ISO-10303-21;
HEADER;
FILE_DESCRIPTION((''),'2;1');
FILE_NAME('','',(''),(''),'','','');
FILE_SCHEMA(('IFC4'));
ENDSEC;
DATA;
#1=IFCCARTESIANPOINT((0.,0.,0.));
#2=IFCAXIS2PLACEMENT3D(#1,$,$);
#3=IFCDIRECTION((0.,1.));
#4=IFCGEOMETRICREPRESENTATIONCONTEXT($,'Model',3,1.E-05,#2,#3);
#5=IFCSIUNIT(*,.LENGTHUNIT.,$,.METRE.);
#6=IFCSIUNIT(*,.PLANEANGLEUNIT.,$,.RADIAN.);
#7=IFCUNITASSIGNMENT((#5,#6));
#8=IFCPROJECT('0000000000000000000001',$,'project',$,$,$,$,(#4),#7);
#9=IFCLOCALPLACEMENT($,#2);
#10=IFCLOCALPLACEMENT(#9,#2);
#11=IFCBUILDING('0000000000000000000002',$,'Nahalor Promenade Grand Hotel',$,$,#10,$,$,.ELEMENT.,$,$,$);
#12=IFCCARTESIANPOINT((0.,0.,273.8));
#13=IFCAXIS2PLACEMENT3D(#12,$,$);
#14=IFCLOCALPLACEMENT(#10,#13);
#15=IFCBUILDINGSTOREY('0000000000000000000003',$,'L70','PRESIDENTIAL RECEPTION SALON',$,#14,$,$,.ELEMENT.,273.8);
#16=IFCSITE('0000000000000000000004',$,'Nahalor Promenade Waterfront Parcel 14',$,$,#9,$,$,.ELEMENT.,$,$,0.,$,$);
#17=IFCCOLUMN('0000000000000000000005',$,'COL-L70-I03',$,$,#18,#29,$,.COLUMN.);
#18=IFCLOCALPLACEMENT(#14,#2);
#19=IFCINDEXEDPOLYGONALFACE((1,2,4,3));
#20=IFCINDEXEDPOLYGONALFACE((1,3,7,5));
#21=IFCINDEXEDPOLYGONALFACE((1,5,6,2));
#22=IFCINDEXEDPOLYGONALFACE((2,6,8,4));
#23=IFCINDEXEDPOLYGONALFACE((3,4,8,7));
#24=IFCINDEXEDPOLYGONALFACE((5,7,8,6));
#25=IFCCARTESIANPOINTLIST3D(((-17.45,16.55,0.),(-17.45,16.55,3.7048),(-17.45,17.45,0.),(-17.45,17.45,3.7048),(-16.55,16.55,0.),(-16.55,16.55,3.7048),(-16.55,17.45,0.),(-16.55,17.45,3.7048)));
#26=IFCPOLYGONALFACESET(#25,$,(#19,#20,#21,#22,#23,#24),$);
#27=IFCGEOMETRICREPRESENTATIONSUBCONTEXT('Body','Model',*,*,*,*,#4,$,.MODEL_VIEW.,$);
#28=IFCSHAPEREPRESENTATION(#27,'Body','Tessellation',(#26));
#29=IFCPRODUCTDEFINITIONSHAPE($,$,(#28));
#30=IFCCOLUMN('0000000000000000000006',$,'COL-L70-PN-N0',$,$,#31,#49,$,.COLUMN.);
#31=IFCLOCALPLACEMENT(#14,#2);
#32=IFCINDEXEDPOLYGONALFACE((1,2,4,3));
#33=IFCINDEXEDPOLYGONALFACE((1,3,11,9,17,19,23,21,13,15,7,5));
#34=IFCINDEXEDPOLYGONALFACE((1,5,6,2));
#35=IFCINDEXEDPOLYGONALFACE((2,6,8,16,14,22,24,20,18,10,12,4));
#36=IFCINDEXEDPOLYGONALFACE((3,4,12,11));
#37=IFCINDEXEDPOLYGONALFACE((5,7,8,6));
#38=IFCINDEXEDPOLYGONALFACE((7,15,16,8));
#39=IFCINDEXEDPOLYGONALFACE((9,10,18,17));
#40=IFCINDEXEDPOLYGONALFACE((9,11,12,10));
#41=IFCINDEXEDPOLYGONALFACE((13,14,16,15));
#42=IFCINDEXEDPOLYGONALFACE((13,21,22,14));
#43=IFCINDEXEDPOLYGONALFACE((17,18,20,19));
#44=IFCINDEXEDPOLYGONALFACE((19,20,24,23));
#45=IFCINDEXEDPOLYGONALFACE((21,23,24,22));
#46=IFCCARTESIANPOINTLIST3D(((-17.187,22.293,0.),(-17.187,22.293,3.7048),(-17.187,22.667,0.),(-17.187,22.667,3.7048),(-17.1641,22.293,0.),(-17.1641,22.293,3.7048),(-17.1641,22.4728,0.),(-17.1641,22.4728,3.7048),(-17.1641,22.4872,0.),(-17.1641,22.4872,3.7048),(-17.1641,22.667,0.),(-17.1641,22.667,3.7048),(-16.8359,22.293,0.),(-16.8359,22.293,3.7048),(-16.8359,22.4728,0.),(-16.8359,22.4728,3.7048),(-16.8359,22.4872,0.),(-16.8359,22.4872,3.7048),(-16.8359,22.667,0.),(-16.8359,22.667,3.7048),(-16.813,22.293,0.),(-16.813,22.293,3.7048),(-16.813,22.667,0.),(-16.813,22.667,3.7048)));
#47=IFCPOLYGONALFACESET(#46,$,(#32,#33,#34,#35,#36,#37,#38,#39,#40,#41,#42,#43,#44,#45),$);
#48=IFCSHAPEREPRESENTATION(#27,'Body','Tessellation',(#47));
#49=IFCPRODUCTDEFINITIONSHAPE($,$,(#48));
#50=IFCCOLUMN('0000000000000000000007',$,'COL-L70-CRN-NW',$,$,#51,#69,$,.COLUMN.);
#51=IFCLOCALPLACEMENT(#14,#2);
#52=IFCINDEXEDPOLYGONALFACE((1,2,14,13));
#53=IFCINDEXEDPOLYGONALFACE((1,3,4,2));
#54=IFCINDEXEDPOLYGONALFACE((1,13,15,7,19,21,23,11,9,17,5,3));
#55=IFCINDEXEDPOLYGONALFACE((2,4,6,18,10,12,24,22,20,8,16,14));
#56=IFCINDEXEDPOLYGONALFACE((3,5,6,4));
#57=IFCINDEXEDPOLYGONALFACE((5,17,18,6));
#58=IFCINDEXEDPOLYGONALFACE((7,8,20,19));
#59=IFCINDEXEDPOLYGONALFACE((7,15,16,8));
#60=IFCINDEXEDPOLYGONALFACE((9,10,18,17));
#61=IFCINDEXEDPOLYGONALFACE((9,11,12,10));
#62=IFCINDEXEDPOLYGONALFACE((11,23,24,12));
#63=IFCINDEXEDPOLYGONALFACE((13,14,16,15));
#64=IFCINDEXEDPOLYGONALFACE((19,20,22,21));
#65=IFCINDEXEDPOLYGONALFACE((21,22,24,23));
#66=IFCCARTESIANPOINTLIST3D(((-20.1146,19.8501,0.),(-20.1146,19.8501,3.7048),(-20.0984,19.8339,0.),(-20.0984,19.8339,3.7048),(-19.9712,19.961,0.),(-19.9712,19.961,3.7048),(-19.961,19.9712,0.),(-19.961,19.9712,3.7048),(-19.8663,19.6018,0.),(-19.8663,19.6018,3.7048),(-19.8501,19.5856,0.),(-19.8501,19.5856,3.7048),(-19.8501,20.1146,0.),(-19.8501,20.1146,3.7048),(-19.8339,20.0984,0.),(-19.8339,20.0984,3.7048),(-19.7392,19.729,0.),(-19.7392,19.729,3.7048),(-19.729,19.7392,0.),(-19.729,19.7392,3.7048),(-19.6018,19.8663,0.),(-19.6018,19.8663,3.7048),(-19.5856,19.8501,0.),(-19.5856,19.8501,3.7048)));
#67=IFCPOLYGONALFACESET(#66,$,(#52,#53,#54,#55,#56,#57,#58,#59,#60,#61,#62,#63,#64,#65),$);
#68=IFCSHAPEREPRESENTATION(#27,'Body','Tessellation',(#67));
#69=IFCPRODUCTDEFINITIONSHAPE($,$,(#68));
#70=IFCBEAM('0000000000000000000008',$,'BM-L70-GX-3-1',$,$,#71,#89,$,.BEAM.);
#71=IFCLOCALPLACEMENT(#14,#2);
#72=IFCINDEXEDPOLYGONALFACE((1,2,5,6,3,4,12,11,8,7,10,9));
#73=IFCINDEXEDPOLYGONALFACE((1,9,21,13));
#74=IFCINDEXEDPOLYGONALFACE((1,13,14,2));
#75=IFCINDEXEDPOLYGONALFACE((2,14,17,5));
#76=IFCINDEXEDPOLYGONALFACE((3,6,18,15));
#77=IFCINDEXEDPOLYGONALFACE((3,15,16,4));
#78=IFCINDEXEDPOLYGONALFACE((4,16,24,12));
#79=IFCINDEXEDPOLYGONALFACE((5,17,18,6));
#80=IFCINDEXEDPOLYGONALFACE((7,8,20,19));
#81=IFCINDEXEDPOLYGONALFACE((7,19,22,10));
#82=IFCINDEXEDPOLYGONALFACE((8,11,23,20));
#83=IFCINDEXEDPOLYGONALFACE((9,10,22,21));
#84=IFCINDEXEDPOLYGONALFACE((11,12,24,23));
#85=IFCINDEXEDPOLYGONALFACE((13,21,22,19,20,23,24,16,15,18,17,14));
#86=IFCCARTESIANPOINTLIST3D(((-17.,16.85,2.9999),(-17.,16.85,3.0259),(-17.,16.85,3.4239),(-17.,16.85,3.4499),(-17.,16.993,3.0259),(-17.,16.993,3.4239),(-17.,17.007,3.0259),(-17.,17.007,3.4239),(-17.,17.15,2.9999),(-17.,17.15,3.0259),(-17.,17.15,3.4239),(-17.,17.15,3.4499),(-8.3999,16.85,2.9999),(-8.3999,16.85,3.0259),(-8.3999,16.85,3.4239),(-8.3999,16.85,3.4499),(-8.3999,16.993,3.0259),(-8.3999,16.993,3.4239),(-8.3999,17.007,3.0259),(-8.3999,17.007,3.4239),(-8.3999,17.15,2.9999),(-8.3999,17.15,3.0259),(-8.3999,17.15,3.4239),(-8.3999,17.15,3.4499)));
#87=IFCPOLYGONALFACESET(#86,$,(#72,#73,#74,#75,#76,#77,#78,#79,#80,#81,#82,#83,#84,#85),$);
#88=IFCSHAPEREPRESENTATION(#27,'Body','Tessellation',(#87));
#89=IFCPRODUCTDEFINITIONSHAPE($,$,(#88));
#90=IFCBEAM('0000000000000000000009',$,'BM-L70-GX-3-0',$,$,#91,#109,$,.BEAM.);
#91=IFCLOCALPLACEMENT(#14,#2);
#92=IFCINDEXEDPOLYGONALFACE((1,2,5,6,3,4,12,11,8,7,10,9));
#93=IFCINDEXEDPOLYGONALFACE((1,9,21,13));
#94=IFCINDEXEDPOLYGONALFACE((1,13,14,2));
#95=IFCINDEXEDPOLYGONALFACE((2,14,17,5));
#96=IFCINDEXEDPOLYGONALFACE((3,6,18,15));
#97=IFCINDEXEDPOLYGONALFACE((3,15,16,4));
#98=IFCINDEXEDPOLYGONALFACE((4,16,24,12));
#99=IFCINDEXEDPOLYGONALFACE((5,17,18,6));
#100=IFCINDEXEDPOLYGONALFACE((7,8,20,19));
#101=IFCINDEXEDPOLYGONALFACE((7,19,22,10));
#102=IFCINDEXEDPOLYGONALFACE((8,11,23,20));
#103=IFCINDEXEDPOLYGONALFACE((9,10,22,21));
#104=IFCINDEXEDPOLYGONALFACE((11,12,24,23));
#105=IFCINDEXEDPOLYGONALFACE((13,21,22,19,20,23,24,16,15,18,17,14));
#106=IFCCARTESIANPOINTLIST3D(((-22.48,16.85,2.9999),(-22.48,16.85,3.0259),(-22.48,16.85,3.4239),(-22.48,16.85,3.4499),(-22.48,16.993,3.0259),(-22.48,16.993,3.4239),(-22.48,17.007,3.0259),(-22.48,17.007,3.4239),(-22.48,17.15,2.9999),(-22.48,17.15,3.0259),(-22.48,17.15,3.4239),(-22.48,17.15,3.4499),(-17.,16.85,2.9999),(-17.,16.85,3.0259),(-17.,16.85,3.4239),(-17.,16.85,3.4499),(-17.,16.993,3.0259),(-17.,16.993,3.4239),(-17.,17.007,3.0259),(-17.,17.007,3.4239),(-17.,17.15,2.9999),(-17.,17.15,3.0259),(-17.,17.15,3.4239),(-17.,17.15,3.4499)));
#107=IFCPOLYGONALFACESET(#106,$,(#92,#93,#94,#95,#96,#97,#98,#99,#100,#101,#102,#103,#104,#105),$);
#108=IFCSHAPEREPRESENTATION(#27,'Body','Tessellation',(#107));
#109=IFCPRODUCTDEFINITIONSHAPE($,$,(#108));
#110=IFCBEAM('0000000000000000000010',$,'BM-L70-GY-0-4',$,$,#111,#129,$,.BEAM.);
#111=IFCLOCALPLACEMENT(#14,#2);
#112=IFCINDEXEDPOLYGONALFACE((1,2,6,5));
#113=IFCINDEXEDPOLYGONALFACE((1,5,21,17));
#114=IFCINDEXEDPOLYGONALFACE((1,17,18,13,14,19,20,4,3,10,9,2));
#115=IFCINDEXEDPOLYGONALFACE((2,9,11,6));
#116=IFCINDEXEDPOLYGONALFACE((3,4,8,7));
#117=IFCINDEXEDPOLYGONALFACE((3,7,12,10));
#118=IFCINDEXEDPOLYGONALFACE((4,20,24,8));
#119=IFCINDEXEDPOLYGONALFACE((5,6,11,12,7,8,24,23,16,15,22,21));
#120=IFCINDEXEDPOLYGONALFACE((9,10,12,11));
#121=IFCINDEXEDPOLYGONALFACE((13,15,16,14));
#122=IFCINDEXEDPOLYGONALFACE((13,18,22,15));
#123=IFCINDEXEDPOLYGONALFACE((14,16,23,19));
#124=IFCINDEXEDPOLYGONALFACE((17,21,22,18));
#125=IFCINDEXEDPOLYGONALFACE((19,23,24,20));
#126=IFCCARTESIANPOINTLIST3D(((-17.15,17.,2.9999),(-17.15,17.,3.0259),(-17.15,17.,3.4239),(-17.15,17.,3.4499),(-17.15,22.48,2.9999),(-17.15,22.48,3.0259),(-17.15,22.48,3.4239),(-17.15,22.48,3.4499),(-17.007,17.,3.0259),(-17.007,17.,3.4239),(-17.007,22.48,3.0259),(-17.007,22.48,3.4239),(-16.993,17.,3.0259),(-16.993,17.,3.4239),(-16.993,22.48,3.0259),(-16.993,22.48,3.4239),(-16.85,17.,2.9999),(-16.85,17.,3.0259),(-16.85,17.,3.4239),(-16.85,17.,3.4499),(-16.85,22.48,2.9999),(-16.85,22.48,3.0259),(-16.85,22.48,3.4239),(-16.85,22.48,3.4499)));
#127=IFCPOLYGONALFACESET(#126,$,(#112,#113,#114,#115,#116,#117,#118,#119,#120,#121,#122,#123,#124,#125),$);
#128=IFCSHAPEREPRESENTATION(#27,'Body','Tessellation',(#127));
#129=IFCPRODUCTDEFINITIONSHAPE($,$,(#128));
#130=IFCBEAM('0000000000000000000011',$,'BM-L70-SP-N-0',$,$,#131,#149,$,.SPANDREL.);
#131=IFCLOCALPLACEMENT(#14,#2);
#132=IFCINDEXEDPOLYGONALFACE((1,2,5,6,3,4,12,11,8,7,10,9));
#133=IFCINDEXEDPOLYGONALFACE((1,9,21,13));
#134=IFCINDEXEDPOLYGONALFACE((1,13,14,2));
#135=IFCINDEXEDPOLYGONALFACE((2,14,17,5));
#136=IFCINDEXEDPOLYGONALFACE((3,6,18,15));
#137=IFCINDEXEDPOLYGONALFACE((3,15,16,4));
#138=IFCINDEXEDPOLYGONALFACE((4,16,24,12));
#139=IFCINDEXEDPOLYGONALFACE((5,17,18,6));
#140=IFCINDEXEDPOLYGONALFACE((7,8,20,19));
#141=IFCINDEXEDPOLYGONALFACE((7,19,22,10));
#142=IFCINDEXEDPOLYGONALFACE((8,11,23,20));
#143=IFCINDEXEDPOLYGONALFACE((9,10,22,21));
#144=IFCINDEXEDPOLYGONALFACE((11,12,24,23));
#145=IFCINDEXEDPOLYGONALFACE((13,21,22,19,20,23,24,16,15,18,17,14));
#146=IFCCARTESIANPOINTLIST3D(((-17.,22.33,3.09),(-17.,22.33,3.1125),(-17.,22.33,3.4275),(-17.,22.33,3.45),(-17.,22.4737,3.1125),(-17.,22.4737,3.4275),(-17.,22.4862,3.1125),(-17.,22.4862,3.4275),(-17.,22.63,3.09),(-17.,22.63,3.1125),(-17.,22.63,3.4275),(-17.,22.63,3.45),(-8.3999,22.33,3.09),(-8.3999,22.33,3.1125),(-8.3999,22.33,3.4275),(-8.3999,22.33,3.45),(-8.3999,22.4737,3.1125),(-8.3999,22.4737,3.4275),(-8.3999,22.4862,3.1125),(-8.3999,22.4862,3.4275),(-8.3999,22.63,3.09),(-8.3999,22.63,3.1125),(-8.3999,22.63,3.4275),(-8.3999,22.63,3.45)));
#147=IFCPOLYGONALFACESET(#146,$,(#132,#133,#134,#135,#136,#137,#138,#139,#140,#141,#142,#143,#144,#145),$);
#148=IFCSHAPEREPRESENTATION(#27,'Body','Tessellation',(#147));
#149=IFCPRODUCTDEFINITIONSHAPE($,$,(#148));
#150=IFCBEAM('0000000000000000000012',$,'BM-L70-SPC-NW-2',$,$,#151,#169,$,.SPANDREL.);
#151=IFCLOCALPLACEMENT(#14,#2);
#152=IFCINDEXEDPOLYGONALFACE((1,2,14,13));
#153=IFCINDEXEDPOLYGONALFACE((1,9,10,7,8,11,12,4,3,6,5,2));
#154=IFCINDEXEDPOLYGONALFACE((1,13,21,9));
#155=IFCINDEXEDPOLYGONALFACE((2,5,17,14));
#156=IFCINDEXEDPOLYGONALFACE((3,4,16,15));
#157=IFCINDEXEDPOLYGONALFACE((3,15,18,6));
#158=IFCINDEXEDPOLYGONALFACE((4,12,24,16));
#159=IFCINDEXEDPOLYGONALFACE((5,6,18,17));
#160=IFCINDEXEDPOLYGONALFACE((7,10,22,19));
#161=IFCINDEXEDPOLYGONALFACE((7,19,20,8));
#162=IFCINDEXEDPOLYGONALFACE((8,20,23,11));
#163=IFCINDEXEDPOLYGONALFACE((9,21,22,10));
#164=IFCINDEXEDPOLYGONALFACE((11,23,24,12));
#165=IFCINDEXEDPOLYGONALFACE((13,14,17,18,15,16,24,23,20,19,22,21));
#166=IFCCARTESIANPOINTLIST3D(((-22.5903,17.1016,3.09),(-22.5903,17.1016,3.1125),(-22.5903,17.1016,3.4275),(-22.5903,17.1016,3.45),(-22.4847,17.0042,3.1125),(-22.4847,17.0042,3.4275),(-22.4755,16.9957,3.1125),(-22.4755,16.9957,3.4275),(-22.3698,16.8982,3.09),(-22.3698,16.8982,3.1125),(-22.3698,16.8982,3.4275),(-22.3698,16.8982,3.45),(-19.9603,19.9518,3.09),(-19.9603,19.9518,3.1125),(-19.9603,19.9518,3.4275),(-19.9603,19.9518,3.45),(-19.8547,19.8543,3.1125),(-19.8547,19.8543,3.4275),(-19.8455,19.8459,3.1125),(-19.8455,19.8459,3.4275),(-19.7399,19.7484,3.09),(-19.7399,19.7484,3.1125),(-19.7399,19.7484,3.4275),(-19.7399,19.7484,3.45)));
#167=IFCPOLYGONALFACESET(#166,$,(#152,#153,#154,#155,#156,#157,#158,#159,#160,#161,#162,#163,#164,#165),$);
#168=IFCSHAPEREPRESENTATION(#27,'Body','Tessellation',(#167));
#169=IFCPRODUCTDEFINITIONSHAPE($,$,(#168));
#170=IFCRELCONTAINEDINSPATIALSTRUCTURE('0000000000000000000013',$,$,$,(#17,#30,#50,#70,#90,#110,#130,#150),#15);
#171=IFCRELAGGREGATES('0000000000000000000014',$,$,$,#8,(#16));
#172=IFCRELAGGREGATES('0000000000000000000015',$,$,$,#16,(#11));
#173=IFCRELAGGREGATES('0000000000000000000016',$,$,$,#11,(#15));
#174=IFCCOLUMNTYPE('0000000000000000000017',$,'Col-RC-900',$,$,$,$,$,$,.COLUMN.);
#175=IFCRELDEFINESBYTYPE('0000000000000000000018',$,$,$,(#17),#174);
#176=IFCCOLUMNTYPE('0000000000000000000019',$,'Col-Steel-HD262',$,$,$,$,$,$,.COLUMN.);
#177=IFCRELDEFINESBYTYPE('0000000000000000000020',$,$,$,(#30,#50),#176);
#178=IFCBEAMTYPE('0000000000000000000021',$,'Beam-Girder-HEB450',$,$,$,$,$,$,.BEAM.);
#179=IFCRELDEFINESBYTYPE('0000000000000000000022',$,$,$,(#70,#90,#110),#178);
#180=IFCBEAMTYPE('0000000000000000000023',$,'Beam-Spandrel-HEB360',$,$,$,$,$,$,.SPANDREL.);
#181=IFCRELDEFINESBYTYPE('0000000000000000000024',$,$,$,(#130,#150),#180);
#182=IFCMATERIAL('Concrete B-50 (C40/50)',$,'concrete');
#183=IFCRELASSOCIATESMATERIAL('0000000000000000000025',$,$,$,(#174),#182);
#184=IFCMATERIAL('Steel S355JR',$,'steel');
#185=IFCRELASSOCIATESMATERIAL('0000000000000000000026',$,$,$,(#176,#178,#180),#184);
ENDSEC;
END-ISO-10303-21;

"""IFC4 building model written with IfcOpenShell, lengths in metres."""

from ifc_helpers import new_model, si_unit, direction, frame, origin, origin_2d, place, context, subcontext, project, spatial, rectangle, i_section, extrude, source, transform, mapped, material, material_profile, profile_set, type_object, element, save


model = new_model("IFC4")

# Units and contexts
model_context = context("Model", 3, precision=1e-05, world=origin(), true_north=direction((0.0, 1.0)))
body_context = subcontext(model_context, "Body", "Model", "MODEL_VIEW")
ifc_project = project(units=[si_unit("LENGTHUNIT", "METRE"), si_unit("PLANEANGLEUNIT", "RADIAN")], contexts=[model_context])

# Site, building, storey
site_placement = place(None, origin())
site = spatial("IfcSite", under=ifc_project, at=site_placement, Name="Nahalor Promenade Waterfront Parcel 14", CompositionType="ELEMENT", RefElevation=0.0)
building_placement = place(site_placement, origin())
building = spatial("IfcBuilding", under=site, at=building_placement, Name="Nahalor Promenade Grand Hotel", CompositionType="ELEMENT")
storey_placement = place(building_placement, frame((0.0, 0.0, 273.8)))
storey = spatial("IfcBuildingStorey", under=building, at=storey_placement, Name="L70", Description="PRESIDENTIAL RECEPTION SALON", CompositionType="ELEMENT", Elevation=273.8)

# Columns
ifc_material_1 = material(Name="Concrete B-50 (C40/50)", Category="concrete")
ifc_material_profile_1 = material_profile(ifc_material_1, rectangle(XDim=0.9, YDim=0.9, at=origin_2d()), Name="RC 900x900")
ifc_profile_set_1 = profile_set([ifc_material_profile_1], Name="Concrete B-50 (C40/50)")
column_type_1 = type_object("IfcColumnType", Name="Col-RC-900", PredefinedType="COLUMN", material=ifc_profile_set_1)
shared_shape_1 = source(origin(), body_context, "Body", "SweptSolid", [
    extrude(rectangle(XDim=0.9, YDim=0.9, at=origin_2d()), origin(), (0.0, 0.0, 1.0), 3.7048),
])
column_placement = place(storey_placement, frame((-17.0, 17.0, 0.0), z_axis=(0.0, 0.0, 1.0), x_axis=(1.0, 0.0, 0.0)))
element("IfcColumn", 1, at=column_placement, inside=storey, type_object=column_type_1, Name="COL-L70-I03", PredefinedType="COLUMN", context=body_context, shape_type="MappedRepresentation", body=[
    mapped(shared_shape_1, transform((0.0, 0.0, 0.0), scale=1.0)),
])
ifc_material_2 = material(Name="Steel S355JR", Category="steel")
ifc_material_profile_2 = material_profile(ifc_material_2, i_section(OverallWidth=0.374, OverallDepth=0.374, WebThickness=0.0144, FlangeThickness=0.0229, at=origin_2d()), Name="HD 360x262")
ifc_profile_set_2 = profile_set([ifc_material_profile_2], Name="Steel S355JR")
column_type_2 = type_object("IfcColumnType", Name="Col-Steel-HD262", PredefinedType="COLUMN", material=ifc_profile_set_2)
shared_shape_2 = source(origin(), body_context, "Body", "SweptSolid", [
    extrude(i_section(OverallWidth=0.374, OverallDepth=0.374, WebThickness=0.0144, FlangeThickness=0.0229, at=origin_2d()), origin(), (0.0, 0.0, 1.0), 3.7048),
])
for number, where, z_axis, x_axis, name in (
    (2, (-17.0, 22.48, 0.0), (0.0, 0.0, 1.0), (0.0, 1.0, 0.0), "COL-L70-PN-N0"),
    (3, (-19.8501, 19.8501, 0.0), (0.0, 0.0, 1.0), (0.707107, 0.707107, 0.0), "COL-L70-CRN-NW"),
):
    element("IfcColumn", number, at=place(storey_placement, frame(where, z_axis=z_axis, x_axis=x_axis)), inside=storey, type_object=column_type_2, Name=name, PredefinedType="COLUMN", context=body_context, shape_type="MappedRepresentation", body=[
        mapped(shared_shape_2, transform((0.0, 0.0, 0.0), scale=1.0)),
    ])

# Beams
ifc_material_profile_3 = material_profile(ifc_material_2, i_section(OverallWidth=0.3, OverallDepth=0.45, WebThickness=0.014, FlangeThickness=0.026, at=origin_2d()), Name="HEB 450")
ifc_profile_set_3 = profile_set([ifc_material_profile_3], Name="Steel S355JR")
beam_type_1 = type_object("IfcBeamType", Name="Beam-Girder-HEB450", PredefinedType="BEAM", material=ifc_profile_set_3)
shared_shape_3 = source(origin(), body_context, "Body", "SweptSolid", [
    extrude(i_section(OverallWidth=0.3, OverallDepth=0.45, WebThickness=0.014, FlangeThickness=0.026, at=origin_2d()), origin(), (0.0, 0.0, 1.0), 8.6001),
])
beam_1_placement = place(storey_placement, frame((-17.0, 17.0, 3.2249), z_axis=(1.0, 0.0, 0.0), x_axis=(0.0, 1.0, 0.0)))
element("IfcBeam", 4, at=beam_1_placement, inside=storey, type_object=beam_type_1, Name="BM-L70-GX-3-1", PredefinedType="BEAM", context=body_context, shape_type="MappedRepresentation", body=[
    mapped(shared_shape_3, transform((0.0, 0.0, 0.0), scale=1.0)),
])
shared_shape_4 = source(origin(), body_context, "Body", "SweptSolid", [
    extrude(i_section(OverallWidth=0.3, OverallDepth=0.45, WebThickness=0.014, FlangeThickness=0.026, at=origin_2d()), origin(), (0.0, 0.0, 1.0), 5.48),
])
for number, where, z_axis, x_axis, name in (
    (5, (-22.48, 17.0, 3.2249), (1.0, 0.0, 0.0), (0.0, 1.0, 0.0), "BM-L70-GX-3-0"),
    (6, (-17.0, 17.0, 3.2249), (0.0, 1.0, 0.0), (-1.0, 0.0, 0.0), "BM-L70-GY-0-4"),
):
    element("IfcBeam", number, at=place(storey_placement, frame(where, z_axis=z_axis, x_axis=x_axis)), inside=storey, type_object=beam_type_1, Name=name, PredefinedType="BEAM", context=body_context, shape_type="MappedRepresentation", body=[
        mapped(shared_shape_4, transform((0.0, 0.0, 0.0), scale=1.0)),
    ])
ifc_material_profile_4 = material_profile(ifc_material_2, i_section(OverallWidth=0.3, OverallDepth=0.36, WebThickness=0.0125, FlangeThickness=0.0225, at=origin_2d()), Name="HEB 360")
ifc_profile_set_4 = profile_set([ifc_material_profile_4], Name="Steel S355JR")
beam_type_2 = type_object("IfcBeamType", Name="Beam-Spandrel-HEB360", PredefinedType="SPANDREL", material=ifc_profile_set_4)
shared_shape_5 = source(origin(), body_context, "Body", "SweptSolid", [
    extrude(i_section(OverallWidth=0.3, OverallDepth=0.36, WebThickness=0.0125, FlangeThickness=0.0225, at=origin_2d()), origin(), (0.0, 0.0, 1.0), 8.6001),
])
beam_2_placement = place(storey_placement, frame((-17.0, 22.48, 3.27), z_axis=(1.0, 0.0, 0.0), x_axis=(0.0, 1.0, 0.0)))
element("IfcBeam", 7, at=beam_2_placement, inside=storey, type_object=beam_type_2, Name="BM-L70-SP-N-0", PredefinedType="SPANDREL", context=body_context, shape_type="MappedRepresentation", body=[
    mapped(shared_shape_5, transform((0.0, 0.0, 0.0), scale=1.0)),
])
shared_shape_6 = source(origin(), body_context, "Body", "SweptSolid", [
    extrude(i_section(OverallWidth=0.3, OverallDepth=0.36, WebThickness=0.0125, FlangeThickness=0.0225, at=origin_2d()), origin(), (0.0, 0.0, 1.0), 3.8782),
])
beam_3_placement = place(storey_placement, frame((-19.8501, 19.8501, 3.27), z_axis=(-0.678144, -0.734929, 0.0), x_axis=(0.734929, -0.678144, 0.0)))
element("IfcBeam", 8, at=beam_3_placement, inside=storey, type_object=beam_type_2, Name="BM-L70-SPC-NW-2", PredefinedType="SPANDREL", context=body_context, shape_type="MappedRepresentation", body=[
    mapped(shared_shape_6, transform((0.0, 0.0, 0.0), scale=1.0)),
])

save(model, "model.ifc")
